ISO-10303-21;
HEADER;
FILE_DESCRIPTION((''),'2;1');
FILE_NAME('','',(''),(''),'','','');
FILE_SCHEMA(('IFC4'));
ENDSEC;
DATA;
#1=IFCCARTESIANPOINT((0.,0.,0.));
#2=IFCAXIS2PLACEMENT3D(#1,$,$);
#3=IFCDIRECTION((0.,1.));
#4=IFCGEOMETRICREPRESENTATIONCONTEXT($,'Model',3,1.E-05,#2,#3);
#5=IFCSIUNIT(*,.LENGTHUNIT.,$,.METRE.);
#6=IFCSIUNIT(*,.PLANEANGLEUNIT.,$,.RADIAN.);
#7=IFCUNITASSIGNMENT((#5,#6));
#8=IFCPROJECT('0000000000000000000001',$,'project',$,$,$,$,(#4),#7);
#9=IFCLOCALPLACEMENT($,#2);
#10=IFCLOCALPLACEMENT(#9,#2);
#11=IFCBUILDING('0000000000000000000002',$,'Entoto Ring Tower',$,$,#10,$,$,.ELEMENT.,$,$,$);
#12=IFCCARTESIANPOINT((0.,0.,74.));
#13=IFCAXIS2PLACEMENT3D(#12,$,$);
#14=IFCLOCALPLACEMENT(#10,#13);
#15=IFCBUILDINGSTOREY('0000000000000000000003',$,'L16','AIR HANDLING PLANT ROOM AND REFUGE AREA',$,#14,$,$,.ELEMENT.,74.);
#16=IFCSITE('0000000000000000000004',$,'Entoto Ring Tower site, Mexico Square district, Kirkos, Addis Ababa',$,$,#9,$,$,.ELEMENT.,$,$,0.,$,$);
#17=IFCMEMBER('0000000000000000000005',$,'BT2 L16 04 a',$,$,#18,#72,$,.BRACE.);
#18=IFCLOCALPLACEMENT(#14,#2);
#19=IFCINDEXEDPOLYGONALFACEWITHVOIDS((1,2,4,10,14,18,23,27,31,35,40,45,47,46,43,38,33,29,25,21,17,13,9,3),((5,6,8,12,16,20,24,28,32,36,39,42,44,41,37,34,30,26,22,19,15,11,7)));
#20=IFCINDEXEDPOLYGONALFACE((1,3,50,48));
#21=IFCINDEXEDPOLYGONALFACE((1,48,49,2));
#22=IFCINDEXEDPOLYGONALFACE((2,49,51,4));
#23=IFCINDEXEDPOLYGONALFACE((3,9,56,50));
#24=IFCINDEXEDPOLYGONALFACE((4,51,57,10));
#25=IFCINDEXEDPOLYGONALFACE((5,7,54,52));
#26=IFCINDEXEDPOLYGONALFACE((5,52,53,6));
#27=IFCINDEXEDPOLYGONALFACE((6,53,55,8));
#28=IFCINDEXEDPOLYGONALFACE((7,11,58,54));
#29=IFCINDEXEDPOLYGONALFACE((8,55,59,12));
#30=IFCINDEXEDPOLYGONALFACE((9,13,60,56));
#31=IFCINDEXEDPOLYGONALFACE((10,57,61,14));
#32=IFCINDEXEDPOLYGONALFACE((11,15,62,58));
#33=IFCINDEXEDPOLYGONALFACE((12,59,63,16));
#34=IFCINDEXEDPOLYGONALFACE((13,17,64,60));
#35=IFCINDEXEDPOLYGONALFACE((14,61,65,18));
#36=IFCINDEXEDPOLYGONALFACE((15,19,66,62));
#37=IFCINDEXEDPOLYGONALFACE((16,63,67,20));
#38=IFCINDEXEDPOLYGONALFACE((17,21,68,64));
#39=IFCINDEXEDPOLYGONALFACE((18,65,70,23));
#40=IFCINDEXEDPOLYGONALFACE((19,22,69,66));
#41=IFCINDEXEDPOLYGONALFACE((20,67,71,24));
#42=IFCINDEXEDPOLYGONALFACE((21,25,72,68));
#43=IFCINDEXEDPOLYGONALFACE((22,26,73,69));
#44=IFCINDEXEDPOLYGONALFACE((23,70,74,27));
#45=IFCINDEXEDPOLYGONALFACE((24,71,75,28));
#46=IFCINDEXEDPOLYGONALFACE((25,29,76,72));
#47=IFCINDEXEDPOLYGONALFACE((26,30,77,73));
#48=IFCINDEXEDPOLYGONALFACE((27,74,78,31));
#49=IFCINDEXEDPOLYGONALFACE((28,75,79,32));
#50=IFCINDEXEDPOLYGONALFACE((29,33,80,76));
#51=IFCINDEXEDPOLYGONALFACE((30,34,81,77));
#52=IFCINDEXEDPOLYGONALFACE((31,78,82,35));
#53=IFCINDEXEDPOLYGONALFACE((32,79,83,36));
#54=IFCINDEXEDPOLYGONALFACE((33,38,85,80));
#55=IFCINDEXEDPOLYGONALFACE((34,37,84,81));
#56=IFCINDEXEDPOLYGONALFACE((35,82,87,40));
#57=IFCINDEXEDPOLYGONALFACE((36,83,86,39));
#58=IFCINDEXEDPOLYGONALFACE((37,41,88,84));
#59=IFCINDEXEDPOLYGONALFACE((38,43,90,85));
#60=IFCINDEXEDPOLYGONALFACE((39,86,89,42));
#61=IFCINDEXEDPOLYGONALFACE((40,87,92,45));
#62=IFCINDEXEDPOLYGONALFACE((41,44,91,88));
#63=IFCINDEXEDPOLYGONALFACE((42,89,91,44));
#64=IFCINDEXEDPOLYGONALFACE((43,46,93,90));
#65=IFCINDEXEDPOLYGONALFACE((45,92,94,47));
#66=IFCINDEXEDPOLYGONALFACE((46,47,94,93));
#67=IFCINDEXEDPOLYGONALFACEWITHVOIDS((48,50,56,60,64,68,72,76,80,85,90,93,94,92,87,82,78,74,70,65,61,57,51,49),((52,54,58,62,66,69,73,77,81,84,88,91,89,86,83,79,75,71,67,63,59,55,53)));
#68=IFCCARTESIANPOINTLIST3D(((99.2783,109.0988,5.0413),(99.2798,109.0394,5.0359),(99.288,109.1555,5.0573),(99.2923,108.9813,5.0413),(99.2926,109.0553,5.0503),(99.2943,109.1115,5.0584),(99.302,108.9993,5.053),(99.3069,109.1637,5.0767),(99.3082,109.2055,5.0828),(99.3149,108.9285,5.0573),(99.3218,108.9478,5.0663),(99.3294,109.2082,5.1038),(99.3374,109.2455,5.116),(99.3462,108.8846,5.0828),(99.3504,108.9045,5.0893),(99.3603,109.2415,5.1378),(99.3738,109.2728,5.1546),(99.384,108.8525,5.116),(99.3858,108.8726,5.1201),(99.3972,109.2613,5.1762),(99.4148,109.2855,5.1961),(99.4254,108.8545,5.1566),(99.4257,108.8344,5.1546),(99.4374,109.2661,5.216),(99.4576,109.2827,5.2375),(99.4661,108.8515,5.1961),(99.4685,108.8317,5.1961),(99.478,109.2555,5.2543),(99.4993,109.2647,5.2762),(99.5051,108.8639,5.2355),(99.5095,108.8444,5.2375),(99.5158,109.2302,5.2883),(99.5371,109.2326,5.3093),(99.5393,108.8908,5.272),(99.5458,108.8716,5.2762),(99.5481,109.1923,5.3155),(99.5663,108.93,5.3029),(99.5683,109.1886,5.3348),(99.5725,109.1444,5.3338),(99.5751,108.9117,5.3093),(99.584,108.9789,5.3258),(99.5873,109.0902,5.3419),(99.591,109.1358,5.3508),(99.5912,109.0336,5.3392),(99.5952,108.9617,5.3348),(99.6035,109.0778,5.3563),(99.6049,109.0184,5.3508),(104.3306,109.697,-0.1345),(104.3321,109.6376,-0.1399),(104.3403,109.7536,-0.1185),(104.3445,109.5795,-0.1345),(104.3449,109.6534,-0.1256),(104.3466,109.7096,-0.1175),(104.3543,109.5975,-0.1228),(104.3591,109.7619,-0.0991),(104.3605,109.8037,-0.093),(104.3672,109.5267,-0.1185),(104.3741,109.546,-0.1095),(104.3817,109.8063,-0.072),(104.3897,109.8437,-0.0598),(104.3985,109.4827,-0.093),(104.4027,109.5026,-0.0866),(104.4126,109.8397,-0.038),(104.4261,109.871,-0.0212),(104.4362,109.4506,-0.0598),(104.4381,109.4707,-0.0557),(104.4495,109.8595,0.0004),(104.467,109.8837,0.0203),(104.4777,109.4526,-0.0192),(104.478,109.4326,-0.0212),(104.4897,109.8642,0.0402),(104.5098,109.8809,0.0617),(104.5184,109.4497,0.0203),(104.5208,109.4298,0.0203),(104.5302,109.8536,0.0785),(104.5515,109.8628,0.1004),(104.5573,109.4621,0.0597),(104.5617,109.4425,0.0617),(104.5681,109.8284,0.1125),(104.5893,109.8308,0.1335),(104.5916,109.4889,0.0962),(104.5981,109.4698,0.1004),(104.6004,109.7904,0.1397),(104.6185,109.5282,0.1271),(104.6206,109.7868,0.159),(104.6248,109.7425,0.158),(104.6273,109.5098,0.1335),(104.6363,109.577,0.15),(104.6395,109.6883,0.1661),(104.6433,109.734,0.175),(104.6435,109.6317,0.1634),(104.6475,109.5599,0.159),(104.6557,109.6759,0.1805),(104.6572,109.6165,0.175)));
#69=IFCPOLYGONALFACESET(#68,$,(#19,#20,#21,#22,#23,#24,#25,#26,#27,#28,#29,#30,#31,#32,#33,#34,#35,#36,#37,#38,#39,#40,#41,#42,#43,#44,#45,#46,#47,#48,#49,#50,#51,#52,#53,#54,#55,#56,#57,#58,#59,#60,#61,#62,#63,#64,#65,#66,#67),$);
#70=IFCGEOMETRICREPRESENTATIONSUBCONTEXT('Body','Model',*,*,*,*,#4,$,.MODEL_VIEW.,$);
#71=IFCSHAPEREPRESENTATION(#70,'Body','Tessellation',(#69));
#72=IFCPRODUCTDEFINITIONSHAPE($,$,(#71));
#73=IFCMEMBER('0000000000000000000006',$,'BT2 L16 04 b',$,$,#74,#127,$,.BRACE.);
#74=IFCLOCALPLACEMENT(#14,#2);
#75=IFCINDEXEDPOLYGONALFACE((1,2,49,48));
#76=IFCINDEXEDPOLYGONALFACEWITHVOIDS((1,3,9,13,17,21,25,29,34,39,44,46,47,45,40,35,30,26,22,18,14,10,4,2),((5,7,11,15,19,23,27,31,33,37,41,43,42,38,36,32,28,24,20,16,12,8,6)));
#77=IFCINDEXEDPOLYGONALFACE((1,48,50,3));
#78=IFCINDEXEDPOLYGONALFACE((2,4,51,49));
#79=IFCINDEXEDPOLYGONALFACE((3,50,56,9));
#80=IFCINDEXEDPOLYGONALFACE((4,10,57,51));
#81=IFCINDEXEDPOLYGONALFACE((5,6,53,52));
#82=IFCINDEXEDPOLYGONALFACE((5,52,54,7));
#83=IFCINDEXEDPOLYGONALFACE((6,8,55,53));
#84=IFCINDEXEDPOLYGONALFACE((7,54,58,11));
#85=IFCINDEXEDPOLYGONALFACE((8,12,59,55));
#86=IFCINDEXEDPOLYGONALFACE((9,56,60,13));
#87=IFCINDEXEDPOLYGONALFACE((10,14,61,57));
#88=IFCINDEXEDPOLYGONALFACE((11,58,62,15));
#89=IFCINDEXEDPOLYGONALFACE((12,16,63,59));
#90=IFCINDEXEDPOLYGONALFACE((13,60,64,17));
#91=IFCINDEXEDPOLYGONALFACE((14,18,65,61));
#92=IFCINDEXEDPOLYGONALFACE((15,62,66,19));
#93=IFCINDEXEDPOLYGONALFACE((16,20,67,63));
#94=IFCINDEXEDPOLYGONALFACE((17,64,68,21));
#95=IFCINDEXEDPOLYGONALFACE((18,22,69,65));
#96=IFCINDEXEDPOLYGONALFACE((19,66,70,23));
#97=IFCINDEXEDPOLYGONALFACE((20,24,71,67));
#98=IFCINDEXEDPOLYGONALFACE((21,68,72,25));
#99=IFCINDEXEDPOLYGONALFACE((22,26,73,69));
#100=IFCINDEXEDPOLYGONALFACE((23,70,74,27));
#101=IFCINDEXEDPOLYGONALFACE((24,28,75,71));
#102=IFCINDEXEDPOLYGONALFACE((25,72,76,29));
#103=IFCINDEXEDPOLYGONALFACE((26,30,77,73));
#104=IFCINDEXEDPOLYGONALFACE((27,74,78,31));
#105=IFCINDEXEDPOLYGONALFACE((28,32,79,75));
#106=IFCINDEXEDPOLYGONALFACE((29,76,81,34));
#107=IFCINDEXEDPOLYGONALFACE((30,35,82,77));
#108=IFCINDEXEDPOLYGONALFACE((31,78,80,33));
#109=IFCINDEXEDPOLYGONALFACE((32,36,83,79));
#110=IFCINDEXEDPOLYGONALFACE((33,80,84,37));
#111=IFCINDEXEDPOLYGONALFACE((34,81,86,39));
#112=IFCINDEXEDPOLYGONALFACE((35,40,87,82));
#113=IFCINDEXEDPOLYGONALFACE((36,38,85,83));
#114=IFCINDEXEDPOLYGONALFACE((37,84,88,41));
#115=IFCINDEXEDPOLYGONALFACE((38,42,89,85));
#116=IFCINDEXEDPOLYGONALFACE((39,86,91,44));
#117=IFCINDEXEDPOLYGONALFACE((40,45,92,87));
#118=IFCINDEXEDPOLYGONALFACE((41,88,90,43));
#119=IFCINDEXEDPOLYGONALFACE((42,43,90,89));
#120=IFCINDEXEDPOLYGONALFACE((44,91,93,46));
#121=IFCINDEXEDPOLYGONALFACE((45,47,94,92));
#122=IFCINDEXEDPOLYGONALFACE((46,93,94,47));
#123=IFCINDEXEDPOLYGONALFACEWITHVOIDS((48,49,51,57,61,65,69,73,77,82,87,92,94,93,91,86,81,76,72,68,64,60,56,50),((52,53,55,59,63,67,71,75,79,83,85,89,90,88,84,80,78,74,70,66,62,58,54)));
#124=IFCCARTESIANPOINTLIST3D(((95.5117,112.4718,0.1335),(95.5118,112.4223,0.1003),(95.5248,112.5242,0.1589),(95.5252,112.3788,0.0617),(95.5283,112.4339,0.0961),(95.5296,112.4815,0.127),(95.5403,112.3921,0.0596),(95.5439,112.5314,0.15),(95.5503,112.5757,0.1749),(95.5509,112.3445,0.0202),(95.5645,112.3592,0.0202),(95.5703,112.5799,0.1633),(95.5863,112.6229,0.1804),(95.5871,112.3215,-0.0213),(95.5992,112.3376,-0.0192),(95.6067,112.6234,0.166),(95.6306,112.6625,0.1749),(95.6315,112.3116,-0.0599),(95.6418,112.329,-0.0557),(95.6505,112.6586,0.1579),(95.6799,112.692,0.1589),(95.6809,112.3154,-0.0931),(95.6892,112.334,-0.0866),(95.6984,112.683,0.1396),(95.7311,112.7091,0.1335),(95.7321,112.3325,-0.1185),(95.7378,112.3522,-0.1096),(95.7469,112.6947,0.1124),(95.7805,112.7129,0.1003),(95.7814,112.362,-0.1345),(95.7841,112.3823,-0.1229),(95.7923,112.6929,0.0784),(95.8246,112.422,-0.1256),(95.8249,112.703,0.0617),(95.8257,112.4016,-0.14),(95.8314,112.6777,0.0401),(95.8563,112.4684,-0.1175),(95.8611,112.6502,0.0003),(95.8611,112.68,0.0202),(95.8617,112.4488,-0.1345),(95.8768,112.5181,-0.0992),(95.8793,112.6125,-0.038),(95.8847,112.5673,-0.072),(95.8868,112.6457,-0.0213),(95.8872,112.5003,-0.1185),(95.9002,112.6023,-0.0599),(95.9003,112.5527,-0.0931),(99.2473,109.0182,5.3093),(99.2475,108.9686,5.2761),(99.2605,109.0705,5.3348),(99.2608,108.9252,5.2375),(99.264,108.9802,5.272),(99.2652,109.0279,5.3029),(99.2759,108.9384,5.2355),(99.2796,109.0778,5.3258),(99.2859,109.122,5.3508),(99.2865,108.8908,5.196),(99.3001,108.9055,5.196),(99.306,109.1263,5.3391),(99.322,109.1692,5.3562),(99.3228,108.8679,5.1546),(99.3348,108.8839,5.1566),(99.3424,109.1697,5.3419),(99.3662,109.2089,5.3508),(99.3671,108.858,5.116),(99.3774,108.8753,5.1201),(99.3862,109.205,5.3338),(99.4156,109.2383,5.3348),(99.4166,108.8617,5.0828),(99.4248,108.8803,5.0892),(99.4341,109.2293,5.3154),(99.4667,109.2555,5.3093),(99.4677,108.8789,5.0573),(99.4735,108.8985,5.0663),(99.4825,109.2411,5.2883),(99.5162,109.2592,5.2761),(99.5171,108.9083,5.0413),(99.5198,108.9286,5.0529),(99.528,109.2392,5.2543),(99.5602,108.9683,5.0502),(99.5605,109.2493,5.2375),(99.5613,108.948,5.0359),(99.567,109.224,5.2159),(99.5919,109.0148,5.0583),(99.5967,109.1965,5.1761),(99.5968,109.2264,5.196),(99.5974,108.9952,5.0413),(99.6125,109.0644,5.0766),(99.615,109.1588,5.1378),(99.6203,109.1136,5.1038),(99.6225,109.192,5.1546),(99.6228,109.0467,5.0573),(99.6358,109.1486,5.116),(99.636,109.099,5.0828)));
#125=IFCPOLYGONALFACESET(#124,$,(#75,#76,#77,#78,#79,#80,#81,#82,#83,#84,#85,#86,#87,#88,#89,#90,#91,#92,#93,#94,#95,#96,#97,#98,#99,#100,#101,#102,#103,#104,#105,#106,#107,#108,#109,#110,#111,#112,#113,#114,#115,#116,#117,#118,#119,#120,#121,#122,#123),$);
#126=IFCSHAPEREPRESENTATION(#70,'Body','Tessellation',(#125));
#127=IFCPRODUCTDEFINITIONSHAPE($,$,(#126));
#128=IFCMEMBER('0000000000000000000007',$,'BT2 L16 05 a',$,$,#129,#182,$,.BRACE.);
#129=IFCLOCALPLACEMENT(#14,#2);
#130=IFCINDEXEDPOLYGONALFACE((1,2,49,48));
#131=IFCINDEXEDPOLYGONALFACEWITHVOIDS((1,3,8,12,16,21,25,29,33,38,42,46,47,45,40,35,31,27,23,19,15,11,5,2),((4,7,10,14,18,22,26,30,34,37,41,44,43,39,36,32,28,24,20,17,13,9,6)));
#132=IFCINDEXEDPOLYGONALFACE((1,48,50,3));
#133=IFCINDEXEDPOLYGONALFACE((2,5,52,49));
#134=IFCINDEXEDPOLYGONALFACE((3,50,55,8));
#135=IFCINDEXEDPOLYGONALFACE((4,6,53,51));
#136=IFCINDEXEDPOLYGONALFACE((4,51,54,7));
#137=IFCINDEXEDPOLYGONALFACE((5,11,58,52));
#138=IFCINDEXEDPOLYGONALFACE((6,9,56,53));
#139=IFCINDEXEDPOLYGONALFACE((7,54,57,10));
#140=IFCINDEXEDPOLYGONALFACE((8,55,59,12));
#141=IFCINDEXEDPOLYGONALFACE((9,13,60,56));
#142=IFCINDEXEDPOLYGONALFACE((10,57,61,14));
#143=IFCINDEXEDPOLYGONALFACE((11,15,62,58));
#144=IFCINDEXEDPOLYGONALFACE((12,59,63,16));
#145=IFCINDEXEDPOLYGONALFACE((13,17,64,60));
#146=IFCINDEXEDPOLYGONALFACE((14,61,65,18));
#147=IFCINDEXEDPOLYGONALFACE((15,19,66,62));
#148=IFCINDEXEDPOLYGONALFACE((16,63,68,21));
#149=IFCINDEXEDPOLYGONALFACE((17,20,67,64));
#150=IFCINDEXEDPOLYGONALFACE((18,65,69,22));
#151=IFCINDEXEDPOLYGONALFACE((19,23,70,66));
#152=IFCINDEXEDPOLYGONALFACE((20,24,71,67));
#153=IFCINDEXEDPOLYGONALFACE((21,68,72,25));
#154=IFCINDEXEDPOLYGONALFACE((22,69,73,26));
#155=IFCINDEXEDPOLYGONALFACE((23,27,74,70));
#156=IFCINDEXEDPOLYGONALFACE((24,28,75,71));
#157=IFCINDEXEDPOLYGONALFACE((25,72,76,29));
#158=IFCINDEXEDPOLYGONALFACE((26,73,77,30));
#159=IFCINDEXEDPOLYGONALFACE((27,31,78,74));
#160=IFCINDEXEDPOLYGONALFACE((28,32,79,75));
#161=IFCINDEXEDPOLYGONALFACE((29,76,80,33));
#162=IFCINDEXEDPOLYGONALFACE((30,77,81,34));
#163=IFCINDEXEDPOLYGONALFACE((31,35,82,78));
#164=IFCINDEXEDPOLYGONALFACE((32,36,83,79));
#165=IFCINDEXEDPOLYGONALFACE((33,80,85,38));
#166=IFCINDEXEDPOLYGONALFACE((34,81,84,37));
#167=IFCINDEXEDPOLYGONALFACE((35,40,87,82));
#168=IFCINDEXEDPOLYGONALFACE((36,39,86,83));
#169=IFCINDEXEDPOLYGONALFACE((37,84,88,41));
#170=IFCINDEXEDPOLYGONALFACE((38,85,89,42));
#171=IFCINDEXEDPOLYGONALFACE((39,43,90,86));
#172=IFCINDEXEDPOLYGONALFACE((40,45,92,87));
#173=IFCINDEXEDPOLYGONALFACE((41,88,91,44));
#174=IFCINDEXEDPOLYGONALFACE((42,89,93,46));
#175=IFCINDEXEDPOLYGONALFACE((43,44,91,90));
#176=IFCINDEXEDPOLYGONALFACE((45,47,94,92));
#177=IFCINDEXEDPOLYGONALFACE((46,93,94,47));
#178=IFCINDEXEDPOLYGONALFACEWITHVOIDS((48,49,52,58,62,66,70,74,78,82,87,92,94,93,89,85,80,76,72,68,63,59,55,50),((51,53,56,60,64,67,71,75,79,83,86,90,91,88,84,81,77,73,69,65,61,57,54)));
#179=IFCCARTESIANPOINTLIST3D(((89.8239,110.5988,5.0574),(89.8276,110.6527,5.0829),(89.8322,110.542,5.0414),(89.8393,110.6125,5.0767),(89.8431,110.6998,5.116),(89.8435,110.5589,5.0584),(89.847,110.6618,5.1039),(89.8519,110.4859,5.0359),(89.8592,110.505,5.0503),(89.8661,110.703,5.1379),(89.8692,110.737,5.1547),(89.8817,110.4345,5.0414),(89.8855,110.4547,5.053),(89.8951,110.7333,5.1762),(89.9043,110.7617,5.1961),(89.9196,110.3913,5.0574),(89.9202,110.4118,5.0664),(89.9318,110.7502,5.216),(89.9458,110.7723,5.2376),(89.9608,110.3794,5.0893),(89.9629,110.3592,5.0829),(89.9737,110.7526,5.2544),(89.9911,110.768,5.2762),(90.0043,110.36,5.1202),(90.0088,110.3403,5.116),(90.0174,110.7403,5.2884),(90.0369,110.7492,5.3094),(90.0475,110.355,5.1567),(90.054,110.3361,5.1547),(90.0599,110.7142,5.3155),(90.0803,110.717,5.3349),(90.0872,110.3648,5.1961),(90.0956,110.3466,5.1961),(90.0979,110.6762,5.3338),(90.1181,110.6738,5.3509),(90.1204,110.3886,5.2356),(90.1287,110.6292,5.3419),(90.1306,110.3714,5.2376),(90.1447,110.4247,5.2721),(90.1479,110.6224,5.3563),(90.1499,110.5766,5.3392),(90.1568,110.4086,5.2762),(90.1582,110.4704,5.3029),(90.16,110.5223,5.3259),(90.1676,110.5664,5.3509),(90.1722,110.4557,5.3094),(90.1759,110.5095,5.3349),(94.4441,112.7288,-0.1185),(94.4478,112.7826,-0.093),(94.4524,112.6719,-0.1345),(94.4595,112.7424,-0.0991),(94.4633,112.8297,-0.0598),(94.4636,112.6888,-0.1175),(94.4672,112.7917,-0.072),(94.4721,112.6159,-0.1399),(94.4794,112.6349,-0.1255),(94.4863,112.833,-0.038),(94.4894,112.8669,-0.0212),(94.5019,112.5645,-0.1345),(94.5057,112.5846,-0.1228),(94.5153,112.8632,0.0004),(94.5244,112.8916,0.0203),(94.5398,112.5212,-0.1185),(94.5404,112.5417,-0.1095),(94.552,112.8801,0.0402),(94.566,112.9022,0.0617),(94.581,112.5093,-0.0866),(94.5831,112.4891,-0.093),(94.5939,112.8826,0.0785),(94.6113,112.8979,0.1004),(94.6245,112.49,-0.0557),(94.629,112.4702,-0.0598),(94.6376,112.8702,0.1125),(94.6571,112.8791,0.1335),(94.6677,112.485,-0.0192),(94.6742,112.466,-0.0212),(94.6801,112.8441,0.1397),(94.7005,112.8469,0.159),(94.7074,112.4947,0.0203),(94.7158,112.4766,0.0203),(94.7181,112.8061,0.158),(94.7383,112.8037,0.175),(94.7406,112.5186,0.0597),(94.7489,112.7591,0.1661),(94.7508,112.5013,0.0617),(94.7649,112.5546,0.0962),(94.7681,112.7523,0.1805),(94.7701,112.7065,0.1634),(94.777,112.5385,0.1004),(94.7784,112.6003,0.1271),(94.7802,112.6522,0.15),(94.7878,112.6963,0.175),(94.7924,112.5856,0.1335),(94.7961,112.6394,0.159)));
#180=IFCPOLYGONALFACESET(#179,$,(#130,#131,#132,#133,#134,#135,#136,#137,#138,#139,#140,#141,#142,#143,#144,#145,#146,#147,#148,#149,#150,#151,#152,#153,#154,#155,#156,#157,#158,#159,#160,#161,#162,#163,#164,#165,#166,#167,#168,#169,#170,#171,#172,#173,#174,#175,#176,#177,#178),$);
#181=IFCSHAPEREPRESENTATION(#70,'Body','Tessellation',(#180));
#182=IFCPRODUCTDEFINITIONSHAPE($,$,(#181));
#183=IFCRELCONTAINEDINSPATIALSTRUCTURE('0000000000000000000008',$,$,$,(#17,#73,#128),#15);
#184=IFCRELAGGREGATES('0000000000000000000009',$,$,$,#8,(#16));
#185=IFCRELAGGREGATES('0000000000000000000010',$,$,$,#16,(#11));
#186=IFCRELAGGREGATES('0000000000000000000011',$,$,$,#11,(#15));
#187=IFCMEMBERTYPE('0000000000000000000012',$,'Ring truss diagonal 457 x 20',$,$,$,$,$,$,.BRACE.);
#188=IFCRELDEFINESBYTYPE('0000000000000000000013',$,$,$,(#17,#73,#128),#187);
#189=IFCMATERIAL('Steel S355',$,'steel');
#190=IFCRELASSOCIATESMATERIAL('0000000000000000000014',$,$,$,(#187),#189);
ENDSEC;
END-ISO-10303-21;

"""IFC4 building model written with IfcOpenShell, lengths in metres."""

from ifc_helpers import new_model, si_unit, direction, frame, origin, origin_2d, place, context, subcontext, project, spatial, circle, hollow_circle, extrude, material, material_profile, profile_set, type_object, element, save


model = new_model("IFC4")

# Units and contexts
model_context = context("Model", 3, precision=1e-05, world=origin(), true_north=direction((0.0, 1.0)))
body_context = subcontext(model_context, "Body", "Model", "MODEL_VIEW")
ifc_project = project(units=[si_unit("LENGTHUNIT", "METRE"), si_unit("PLANEANGLEUNIT", "RADIAN")], contexts=[model_context])

# Site, building, storey
site_placement = place(None, origin())
site = spatial("IfcSite", under=ifc_project, at=site_placement, Name="Entoto Ring Tower site, Mexico Square district, Kirkos, Addis Ababa", CompositionType="ELEMENT", RefElevation=0.0)
building_placement = place(site_placement, origin())
building = spatial("IfcBuilding", under=site, at=building_placement, Name="Entoto Ring Tower", CompositionType="ELEMENT")
storey_placement = place(building_placement, frame((0.0, 0.0, 74.0)))
storey = spatial("IfcBuildingStorey", under=building, at=storey_placement, Name="L16", Description="AIR HANDLING PLANT ROOM AND REFUGE AREA", CompositionType="ELEMENT", Elevation=74.0)

# Members
ifc_material_1 = material(Name="Steel S355", Category="steel")
ifc_material_profile_1 = material_profile(ifc_material_1, hollow_circle(Radius=0.2285, WallThickness=0.02, at=origin_2d()), Name="CHS 457 x 20")
ifc_material_2 = material(Name="Concrete C60/75", Category="concrete")
ifc_material_profile_2 = material_profile(ifc_material_2, circle(Radius=0.2085, at=origin_2d()), Name="Concrete C60/75 infill")
ifc_profile_set_1 = profile_set([ifc_material_profile_1, ifc_material_profile_2], Name="Steel S355")
member_type_1 = type_object("IfcMemberType", Name="Ring truss diagonal 457 x 20", PredefinedType="BRACE", material=ifc_profile_set_1)
for number, where, z_axis, x_axis, name in (
    (1, (104.4939, 109.6567, 0.0203), (-0.696139, -0.082417, 0.713161), (0.117571, -0.993065, 0.0), "BT2 L16 04 a"),
    (2, (99.4417, 109.0586, 5.196), (-0.514724, 0.47587, -0.713166), (-0.67885, -0.734277, 0.0), "BT2 L16 04 b"),
    (3, (94.6201, 112.6841, 0.0203), (-0.636603, -0.293475, 0.713168), (0.418656, -0.908145, 0.0), "BT2 L16 05 a"),
):
    element("IfcMember", number, at=place(storey_placement, frame(where, z_axis=z_axis, x_axis=x_axis)), inside=storey, type_object=member_type_1, Name=name, PredefinedType="BRACE", context=body_context, shape_type="SweptSolid", body=[
        extrude(hollow_circle(Radius=0.2285, WallThickness=0.02, at=origin_2d()), origin(), (0.0, 0.0, 1.0), 7.2576),
    ])

save(model, "model.ifc")
